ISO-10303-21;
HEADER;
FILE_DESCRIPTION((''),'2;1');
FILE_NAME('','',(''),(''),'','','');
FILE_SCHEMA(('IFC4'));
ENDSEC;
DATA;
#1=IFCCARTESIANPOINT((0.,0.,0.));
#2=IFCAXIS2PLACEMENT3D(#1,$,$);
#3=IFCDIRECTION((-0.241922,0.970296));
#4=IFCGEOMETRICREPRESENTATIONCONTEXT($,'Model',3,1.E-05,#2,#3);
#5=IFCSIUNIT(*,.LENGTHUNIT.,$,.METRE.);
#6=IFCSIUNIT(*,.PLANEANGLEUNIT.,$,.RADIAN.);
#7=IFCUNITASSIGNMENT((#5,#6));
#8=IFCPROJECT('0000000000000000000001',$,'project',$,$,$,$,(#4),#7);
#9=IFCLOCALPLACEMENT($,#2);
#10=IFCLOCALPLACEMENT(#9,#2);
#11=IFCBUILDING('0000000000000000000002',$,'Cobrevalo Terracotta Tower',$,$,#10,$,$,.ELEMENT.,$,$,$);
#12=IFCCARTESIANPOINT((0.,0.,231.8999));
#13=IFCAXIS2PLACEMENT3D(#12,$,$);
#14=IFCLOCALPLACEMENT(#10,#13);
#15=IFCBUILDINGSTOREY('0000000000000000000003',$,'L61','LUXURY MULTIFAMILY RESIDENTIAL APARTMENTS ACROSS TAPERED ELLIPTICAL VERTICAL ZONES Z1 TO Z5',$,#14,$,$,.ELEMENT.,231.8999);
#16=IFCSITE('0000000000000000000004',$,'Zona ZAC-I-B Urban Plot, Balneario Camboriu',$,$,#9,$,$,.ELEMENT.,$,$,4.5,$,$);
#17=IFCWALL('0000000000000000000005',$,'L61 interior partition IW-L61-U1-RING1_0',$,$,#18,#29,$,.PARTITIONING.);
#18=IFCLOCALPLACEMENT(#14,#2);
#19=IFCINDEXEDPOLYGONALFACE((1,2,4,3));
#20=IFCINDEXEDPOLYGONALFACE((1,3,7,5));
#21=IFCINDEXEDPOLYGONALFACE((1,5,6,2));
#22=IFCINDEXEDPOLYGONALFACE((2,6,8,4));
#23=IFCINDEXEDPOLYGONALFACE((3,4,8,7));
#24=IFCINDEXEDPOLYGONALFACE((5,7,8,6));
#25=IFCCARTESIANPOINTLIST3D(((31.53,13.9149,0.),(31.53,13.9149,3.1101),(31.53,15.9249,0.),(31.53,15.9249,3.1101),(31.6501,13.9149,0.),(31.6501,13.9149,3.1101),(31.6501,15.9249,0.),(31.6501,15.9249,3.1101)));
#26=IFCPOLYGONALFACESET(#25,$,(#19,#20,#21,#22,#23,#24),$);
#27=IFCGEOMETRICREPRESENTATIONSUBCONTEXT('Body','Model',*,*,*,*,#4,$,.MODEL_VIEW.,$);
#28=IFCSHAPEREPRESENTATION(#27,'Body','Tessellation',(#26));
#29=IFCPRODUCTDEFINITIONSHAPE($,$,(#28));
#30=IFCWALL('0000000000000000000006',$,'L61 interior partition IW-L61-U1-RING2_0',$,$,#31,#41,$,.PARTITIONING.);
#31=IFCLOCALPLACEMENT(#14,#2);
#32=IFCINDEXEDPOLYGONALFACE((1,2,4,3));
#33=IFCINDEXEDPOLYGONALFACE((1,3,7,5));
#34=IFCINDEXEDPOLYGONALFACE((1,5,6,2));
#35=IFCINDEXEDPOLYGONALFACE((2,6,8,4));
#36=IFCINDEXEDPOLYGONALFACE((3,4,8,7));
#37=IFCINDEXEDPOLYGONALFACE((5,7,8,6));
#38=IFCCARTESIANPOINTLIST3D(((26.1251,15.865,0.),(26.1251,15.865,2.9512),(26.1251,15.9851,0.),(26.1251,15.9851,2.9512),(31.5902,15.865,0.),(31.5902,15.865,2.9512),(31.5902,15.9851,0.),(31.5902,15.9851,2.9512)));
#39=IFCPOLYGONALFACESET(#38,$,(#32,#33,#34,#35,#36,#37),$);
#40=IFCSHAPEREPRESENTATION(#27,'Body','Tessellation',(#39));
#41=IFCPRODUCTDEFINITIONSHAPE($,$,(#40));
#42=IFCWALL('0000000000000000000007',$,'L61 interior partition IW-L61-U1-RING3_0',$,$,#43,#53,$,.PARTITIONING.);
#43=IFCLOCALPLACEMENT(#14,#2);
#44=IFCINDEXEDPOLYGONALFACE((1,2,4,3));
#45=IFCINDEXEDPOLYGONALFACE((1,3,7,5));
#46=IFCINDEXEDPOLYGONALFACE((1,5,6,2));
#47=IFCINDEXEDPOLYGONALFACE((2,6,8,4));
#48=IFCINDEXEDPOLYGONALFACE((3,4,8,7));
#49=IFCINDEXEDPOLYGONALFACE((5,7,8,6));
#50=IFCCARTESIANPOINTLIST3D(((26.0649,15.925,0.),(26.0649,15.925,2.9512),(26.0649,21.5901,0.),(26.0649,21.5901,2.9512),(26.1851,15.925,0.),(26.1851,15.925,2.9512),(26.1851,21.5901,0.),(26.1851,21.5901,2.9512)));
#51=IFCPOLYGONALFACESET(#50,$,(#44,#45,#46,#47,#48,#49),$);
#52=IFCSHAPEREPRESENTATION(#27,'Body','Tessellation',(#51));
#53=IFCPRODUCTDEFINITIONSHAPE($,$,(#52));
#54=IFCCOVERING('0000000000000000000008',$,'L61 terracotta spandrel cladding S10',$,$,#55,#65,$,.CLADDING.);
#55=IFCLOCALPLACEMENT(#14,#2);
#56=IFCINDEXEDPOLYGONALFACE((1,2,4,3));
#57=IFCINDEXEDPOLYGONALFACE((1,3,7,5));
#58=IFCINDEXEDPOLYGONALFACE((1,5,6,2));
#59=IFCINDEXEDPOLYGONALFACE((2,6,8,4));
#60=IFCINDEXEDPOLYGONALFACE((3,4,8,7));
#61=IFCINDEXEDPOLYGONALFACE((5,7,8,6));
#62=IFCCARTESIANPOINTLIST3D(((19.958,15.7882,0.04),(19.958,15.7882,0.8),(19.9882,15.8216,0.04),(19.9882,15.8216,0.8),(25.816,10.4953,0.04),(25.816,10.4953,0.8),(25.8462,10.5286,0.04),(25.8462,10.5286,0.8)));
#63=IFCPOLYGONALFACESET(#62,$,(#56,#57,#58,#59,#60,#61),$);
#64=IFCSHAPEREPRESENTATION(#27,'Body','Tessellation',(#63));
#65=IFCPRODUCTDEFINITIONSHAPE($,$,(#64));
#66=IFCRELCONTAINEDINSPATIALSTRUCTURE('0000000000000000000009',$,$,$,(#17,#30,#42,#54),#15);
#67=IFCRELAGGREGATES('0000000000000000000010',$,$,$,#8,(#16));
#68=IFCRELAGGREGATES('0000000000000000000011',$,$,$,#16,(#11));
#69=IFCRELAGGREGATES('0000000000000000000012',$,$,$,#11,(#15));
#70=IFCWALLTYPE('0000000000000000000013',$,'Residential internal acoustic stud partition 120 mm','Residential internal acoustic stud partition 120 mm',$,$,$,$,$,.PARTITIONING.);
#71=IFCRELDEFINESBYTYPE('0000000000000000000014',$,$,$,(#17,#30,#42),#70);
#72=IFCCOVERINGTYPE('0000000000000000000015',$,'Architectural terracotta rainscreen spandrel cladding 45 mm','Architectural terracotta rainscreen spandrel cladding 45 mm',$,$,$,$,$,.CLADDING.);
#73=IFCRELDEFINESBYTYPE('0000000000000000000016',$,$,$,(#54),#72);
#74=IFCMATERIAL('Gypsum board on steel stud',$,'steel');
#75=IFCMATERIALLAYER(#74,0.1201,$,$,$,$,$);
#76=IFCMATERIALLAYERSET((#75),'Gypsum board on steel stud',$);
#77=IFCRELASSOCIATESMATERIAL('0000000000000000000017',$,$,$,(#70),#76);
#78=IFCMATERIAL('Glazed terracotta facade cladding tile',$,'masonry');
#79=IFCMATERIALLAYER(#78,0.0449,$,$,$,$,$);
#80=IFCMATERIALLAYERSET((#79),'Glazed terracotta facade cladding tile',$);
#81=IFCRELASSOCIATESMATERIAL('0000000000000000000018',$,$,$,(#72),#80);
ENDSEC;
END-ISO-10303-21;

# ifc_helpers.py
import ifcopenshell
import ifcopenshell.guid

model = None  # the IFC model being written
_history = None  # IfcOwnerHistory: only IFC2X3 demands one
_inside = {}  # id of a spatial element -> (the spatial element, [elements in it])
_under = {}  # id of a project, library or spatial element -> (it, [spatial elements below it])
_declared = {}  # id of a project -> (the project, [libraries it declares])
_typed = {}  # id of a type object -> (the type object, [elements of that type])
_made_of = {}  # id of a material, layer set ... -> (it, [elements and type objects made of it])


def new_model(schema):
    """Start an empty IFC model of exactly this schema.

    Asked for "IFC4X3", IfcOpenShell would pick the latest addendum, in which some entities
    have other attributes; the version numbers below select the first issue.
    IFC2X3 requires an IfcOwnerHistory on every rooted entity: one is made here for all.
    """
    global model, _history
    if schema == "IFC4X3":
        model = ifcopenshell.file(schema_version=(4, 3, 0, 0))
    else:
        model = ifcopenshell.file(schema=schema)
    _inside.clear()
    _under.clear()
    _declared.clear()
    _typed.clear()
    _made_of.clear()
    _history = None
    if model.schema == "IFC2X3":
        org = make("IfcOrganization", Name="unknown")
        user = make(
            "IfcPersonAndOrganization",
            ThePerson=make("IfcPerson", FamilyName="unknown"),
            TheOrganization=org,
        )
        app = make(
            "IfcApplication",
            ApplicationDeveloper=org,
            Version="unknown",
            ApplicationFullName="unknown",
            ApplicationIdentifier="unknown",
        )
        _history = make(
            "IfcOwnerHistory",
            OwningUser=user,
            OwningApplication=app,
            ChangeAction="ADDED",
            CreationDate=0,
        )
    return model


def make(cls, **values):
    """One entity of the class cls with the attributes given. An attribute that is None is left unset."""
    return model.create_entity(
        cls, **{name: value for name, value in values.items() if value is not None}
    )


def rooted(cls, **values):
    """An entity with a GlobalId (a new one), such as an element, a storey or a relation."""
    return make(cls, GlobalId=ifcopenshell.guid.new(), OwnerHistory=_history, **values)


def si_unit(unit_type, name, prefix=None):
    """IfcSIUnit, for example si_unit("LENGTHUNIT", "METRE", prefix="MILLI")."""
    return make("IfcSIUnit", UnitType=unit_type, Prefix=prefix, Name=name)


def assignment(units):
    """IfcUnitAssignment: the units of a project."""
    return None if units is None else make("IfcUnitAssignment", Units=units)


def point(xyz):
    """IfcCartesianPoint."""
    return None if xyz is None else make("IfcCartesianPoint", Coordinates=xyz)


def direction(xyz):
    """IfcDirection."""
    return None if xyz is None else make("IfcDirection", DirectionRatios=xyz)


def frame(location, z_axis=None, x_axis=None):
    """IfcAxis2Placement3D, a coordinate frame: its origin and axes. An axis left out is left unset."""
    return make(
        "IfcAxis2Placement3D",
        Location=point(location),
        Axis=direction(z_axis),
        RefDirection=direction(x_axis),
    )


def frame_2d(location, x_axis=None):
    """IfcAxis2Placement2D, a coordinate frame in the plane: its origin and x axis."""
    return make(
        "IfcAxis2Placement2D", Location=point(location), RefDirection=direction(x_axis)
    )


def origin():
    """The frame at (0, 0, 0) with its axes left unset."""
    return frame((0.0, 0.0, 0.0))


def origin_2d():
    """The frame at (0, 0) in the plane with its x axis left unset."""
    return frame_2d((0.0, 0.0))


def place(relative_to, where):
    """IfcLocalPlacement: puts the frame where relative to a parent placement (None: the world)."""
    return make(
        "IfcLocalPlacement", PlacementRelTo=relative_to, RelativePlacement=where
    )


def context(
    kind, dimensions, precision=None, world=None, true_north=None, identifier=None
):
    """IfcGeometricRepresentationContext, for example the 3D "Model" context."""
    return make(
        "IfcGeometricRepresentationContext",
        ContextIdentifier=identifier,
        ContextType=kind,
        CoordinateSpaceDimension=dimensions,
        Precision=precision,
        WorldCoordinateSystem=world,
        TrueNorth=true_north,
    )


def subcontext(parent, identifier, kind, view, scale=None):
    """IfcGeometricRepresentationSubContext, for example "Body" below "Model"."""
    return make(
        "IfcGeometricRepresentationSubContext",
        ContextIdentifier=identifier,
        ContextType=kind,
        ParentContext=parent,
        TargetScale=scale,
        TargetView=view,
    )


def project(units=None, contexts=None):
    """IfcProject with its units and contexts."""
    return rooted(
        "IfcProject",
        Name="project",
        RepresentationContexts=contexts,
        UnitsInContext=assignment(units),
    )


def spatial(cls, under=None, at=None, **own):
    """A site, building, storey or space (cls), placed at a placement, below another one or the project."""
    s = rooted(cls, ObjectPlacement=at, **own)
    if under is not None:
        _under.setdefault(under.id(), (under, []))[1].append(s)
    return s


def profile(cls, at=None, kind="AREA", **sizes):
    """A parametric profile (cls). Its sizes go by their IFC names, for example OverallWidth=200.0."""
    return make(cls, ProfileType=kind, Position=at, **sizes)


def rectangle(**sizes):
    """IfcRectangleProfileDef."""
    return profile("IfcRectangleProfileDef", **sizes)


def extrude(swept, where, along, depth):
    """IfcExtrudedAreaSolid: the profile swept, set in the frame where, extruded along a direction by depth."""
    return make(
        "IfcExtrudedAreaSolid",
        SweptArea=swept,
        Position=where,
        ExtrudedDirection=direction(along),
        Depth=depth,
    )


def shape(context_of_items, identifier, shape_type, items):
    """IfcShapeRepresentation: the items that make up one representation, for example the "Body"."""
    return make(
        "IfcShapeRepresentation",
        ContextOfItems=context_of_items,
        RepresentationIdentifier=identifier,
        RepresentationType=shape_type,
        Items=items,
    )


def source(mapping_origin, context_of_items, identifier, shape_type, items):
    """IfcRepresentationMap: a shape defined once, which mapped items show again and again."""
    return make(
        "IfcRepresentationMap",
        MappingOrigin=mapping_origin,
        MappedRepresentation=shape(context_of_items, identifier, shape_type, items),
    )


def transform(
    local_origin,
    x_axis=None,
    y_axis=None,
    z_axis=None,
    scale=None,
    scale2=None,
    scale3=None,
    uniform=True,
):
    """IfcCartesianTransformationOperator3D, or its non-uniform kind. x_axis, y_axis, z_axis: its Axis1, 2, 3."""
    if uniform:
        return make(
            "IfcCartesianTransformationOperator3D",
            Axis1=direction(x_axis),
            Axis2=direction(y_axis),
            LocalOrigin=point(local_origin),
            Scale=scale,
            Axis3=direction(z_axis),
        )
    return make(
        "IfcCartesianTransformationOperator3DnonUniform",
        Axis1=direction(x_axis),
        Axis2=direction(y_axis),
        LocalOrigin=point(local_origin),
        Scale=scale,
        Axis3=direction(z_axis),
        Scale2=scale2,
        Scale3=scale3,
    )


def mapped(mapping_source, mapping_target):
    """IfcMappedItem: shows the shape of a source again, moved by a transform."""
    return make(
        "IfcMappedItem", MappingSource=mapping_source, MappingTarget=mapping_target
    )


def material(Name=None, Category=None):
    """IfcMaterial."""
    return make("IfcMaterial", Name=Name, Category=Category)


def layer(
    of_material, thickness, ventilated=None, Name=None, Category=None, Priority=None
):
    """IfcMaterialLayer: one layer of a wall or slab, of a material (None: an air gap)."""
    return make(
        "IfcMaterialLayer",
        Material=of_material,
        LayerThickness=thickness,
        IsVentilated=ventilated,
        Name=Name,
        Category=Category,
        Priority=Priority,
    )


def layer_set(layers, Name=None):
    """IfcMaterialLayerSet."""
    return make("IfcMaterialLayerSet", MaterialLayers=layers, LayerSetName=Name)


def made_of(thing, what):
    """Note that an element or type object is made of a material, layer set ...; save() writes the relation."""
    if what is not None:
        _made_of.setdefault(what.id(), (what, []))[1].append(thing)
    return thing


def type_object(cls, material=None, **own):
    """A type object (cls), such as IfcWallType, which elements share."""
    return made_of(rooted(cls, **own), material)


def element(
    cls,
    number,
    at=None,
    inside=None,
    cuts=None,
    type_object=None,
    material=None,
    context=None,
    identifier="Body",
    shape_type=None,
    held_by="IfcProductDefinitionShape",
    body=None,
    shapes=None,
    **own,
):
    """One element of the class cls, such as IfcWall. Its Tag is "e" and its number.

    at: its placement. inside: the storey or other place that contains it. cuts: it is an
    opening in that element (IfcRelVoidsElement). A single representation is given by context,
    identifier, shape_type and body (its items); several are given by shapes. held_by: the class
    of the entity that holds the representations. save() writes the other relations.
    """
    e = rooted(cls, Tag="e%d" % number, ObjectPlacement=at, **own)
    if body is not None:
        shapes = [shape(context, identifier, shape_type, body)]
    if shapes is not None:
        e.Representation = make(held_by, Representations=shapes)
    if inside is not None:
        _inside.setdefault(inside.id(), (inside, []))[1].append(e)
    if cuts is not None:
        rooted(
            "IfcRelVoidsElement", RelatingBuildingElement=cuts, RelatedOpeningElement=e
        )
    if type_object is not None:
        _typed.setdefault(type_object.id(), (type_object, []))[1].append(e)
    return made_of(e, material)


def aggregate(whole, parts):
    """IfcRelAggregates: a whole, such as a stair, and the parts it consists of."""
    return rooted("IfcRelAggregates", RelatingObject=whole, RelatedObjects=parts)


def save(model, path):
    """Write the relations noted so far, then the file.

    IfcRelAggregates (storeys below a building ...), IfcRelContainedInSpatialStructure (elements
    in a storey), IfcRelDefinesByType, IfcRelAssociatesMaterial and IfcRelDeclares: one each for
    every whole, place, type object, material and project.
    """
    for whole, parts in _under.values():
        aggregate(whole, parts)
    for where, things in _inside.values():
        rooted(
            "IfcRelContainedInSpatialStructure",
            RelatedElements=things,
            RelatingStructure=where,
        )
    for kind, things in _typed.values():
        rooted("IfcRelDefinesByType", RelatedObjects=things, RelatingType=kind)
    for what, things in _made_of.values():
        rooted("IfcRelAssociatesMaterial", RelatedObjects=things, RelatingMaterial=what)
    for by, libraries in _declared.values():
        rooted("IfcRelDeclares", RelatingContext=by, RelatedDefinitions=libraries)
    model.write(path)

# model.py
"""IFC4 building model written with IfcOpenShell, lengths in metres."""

from ifc_helpers import new_model, si_unit, direction, frame, frame_2d, origin, origin_2d, place, context, subcontext, project, spatial, rectangle, extrude, source, transform, mapped, material, layer, layer_set, type_object, element, save


model = new_model("IFC4")

# Units and contexts
model_context = context("Model", 3, precision=1e-05, world=origin(), true_north=direction((-0.241922, 0.970296)))
body_context = subcontext(model_context, "Body", "Model", "MODEL_VIEW")
ifc_project = project(units=[si_unit("LENGTHUNIT", "METRE"), si_unit("PLANEANGLEUNIT", "RADIAN")], contexts=[model_context])

# Site, building, storey
site_placement = place(None, origin())
site = spatial("IfcSite", under=ifc_project, at=site_placement, Name="Zona ZAC-I-B Urban Plot, Balneario Camboriu", CompositionType="ELEMENT", RefElevation=4.5)
building_placement = place(site_placement, origin())
building = spatial("IfcBuilding", under=site, at=building_placement, Name="Cobrevalo Terracotta Tower", CompositionType="ELEMENT")
storey_placement = place(building_placement, frame((0.0, 0.0, 231.8999)))
storey = spatial("IfcBuildingStorey", under=building, at=storey_placement, Name="L61", Description="LUXURY MULTIFAMILY RESIDENTIAL APARTMENTS ACROSS TAPERED ELLIPTICAL VERTICAL ZONES Z1 TO Z5", CompositionType="ELEMENT", Elevation=231.8999)

# Walls
ifc_material_1 = material(Name="Gypsum board on steel stud", Category="steel")
ifc_layer_1 = layer(ifc_material_1, 0.1201)
ifc_layer_set_1 = layer_set([ifc_layer_1], Name="Gypsum board on steel stud")
wall_type_1 = type_object("IfcWallType", Name="Residential internal acoustic stud partition 120 mm", Description="Residential internal acoustic stud partition 120 mm", PredefinedType="PARTITIONING", material=ifc_layer_set_1)
wall_1_placement = place(storey_placement, frame((31.5901, 13.915, 0.0), z_axis=(0.0, 0.0, 1.0), x_axis=(0.0, 1.0, 0.0)))
element("IfcWall", 1, at=wall_1_placement, inside=storey, type_object=wall_type_1, Name="L61 interior partition IW-L61-U1-RING1_0", PredefinedType="PARTITIONING", context=body_context, shape_type="SweptSolid", body=[
    extrude(rectangle(XDim=2.01, YDim=0.1201, at=frame_2d((1.0049, 0.0))), origin(), (0.0, 0.0, 1.0), 3.1101),
])
wall_2_placement = place(storey_placement, frame((31.5901, 15.925, 0.0), z_axis=(0.0, 0.0, 1.0), x_axis=(-1.0, 0.0, 0.0)))
element("IfcWall", 2, at=wall_2_placement, inside=storey, type_object=wall_type_1, Name="L61 interior partition IW-L61-U1-RING2_0", PredefinedType="PARTITIONING", context=body_context, shape_type="SweptSolid", body=[
    extrude(rectangle(XDim=5.4651, YDim=0.1201, at=frame_2d((2.7324, 0.0))), origin(), (0.0, 0.0, 1.0), 2.9512),
])
wall_3_placement = place(storey_placement, frame((26.125, 15.925, 0.0), z_axis=(0.0, 0.0, 1.0), x_axis=(0.0, 1.0, 0.0)))
element("IfcWall", 3, at=wall_3_placement, inside=storey, type_object=wall_type_1, Name="L61 interior partition IW-L61-U1-RING3_0", PredefinedType="PARTITIONING", context=body_context, shape_type="SweptSolid", body=[
    extrude(rectangle(XDim=5.665, YDim=0.1201, at=frame_2d((2.8325, 0.0))), origin(), (0.0, 0.0, 1.0), 2.9512),
])

# Covering
ifc_material_2 = material(Name="Glazed terracotta facade cladding tile", Category="masonry")
ifc_layer_2 = layer(ifc_material_2, 0.0449)
ifc_layer_set_2 = layer_set([ifc_layer_2], Name="Glazed terracotta facade cladding tile")
covering_type = type_object("IfcCoveringType", Name="Architectural terracotta rainscreen spandrel cladding 45 mm", Description="Architectural terracotta rainscreen spandrel cladding 45 mm", PredefinedType="CLADDING", material=ifc_layer_set_2)
shared_shape_1 = source(origin(), body_context, "Body", "SweptSolid", [
    extrude(rectangle(XDim=7.895, YDim=0.0449, at=origin_2d()), origin(), (0.0, 0.0, 1.0), 0.76),
])
covering_placement = place(storey_placement, frame((22.9021, 13.1584, 0.04), z_axis=(0.0, 0.0, 1.0), x_axis=(0.741988, -0.670414, 0.0)))
element("IfcCovering", 4, at=covering_placement, inside=storey, type_object=covering_type, Name="L61 terracotta spandrel cladding S10", PredefinedType="CLADDING", context=body_context, shape_type="MappedRepresentation", body=[
    mapped(shared_shape_1, transform((0.0, 0.0, 0.0), scale=1.0)),
])

save(model, "model.ifc")
